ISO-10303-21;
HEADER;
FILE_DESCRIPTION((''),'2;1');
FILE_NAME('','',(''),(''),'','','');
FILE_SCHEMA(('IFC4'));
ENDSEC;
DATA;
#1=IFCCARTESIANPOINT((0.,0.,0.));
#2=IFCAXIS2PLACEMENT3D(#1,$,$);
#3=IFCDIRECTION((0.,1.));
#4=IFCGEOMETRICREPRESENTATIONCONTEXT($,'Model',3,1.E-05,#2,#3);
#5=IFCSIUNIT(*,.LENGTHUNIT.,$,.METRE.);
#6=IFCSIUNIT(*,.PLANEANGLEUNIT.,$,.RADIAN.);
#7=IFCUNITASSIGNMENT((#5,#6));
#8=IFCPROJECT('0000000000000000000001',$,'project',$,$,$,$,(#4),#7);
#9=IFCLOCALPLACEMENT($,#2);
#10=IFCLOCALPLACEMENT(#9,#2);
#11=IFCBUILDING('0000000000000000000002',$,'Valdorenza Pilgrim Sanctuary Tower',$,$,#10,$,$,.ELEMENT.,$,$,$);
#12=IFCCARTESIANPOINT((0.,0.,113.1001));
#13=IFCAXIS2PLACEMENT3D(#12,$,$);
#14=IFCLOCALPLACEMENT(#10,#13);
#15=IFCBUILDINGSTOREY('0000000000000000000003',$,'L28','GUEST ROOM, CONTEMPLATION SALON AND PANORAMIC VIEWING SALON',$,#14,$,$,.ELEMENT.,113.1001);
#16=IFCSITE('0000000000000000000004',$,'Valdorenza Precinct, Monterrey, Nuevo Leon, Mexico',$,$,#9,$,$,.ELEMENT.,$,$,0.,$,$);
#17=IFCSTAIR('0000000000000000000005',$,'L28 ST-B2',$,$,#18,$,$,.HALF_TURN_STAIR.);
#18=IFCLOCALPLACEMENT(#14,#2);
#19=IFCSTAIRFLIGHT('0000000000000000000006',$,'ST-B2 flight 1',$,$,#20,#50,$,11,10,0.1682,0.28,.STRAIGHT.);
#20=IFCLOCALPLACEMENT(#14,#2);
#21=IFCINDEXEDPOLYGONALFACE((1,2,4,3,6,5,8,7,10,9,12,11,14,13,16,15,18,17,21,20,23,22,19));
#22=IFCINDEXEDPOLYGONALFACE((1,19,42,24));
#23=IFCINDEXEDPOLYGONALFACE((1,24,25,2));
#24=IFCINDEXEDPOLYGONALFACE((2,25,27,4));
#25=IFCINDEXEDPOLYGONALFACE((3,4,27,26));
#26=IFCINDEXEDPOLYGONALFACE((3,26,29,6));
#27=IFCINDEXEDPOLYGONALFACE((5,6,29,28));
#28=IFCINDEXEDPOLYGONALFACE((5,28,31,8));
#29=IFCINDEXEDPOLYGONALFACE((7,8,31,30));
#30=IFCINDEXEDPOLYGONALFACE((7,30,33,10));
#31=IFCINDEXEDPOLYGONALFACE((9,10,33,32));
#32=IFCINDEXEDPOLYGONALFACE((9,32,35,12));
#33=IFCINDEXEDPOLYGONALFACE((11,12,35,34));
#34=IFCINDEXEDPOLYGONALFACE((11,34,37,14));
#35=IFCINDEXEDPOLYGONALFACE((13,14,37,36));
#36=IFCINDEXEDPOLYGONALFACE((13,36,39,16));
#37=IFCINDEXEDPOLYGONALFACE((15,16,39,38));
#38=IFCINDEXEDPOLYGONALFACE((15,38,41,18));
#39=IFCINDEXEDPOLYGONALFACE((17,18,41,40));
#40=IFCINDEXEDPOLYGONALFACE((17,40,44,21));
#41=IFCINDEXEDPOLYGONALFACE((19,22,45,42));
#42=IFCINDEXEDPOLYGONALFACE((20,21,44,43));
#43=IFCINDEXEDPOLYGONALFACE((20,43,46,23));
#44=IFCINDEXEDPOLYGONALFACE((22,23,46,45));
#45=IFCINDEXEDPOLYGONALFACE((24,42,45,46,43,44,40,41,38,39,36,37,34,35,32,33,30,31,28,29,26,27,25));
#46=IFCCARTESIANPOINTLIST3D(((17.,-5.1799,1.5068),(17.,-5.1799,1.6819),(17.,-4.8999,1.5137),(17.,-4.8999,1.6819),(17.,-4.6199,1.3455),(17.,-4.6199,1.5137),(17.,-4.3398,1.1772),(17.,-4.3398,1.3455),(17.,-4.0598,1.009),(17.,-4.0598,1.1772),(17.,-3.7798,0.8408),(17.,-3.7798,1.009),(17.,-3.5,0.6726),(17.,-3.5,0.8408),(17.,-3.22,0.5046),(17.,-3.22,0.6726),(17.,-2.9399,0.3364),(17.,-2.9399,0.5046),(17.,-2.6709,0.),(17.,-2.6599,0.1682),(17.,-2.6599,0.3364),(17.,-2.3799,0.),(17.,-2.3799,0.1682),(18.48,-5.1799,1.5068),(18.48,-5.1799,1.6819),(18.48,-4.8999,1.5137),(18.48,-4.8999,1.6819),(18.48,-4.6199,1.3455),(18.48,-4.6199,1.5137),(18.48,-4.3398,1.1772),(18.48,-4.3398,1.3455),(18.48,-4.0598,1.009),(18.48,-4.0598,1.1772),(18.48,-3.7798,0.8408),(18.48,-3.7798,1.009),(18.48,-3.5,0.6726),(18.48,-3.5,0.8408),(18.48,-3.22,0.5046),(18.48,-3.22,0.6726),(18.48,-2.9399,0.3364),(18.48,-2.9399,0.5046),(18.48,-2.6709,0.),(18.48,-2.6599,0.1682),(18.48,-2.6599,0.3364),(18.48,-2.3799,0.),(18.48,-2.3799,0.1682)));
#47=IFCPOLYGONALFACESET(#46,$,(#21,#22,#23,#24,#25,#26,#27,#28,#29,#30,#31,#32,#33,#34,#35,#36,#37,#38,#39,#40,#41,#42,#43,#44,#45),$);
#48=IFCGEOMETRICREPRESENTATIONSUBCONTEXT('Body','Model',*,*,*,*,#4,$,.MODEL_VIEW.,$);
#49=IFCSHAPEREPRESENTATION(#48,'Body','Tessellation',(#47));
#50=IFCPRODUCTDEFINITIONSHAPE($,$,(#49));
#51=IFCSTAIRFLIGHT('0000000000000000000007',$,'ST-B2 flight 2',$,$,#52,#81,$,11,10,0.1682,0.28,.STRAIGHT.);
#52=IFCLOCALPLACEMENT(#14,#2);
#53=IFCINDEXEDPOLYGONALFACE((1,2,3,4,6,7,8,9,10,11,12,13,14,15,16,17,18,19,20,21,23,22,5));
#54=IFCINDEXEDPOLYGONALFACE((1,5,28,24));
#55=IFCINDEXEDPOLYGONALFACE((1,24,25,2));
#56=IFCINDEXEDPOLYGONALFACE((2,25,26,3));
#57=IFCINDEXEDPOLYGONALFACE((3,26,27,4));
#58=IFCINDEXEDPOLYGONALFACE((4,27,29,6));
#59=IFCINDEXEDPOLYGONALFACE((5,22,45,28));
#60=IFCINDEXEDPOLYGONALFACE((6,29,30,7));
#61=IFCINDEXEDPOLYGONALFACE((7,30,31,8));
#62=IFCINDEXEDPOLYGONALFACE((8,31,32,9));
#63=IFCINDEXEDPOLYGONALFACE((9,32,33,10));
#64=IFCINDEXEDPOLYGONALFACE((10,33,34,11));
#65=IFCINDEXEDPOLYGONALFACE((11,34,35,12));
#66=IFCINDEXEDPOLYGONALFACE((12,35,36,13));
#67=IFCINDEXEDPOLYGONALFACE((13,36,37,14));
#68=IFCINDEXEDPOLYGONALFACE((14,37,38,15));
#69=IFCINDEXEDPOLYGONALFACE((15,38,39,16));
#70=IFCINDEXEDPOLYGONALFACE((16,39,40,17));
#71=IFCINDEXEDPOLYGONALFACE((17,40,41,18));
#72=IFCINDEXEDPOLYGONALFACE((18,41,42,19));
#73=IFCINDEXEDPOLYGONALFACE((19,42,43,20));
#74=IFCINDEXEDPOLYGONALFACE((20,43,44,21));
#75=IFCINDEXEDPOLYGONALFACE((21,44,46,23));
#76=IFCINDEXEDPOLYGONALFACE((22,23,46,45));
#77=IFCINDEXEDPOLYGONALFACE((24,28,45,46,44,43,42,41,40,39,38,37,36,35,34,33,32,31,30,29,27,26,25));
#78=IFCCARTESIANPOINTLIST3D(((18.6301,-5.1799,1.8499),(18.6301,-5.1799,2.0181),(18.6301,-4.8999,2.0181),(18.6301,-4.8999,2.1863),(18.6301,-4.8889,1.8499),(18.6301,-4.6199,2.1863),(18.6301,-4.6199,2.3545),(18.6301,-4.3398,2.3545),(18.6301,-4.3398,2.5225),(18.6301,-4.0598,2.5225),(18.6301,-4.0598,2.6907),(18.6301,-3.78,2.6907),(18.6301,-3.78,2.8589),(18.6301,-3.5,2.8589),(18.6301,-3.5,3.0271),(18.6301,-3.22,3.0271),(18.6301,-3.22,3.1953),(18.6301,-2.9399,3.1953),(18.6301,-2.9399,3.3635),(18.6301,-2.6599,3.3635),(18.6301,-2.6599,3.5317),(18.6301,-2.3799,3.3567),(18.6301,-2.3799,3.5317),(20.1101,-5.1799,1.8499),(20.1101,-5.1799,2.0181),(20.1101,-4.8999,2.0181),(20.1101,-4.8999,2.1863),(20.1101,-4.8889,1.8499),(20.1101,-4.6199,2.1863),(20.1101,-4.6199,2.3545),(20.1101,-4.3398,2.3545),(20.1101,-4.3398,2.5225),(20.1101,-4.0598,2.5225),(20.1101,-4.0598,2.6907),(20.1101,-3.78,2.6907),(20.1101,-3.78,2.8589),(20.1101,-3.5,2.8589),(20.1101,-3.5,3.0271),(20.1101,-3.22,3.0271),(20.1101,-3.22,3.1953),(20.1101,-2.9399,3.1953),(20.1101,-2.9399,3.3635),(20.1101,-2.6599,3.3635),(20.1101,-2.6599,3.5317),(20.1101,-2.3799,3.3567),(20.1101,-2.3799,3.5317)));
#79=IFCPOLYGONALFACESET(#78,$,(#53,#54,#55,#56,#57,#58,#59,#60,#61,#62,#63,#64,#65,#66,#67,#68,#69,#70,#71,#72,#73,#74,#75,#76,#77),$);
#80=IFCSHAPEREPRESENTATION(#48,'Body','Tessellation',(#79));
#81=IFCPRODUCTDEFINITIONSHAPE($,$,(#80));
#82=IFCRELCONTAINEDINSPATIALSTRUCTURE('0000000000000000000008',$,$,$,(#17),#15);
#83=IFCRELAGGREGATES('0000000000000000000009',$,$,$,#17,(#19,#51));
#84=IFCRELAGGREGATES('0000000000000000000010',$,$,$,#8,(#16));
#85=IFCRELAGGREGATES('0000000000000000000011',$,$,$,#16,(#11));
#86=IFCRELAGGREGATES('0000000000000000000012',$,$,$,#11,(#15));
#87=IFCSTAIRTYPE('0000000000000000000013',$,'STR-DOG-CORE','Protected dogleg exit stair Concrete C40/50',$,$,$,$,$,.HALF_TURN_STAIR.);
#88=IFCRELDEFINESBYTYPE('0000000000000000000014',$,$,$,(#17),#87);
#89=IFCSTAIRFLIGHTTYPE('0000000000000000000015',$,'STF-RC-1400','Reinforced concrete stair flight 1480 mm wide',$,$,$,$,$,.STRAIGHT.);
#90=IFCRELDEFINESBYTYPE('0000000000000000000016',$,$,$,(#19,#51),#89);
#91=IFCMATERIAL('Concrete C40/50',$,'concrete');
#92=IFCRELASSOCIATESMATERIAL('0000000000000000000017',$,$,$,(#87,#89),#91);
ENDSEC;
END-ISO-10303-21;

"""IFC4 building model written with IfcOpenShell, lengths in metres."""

from ifc_helpers import new_model, si_unit, direction, frame, origin, place, context, subcontext, project, spatial, polyline, outline, extrude, material, type_object, element, aggregate, save


model = new_model("IFC4")

# Units and contexts
model_context = context("Model", 3, precision=1e-05, world=origin(), true_north=direction((0.0, 1.0)))
body_context = subcontext(model_context, "Body", "Model", "MODEL_VIEW")
ifc_project = project(units=[si_unit("LENGTHUNIT", "METRE"), si_unit("PLANEANGLEUNIT", "RADIAN")], contexts=[model_context])

# Site, building, storey
site_placement = place(None, origin())
site = spatial("IfcSite", under=ifc_project, at=site_placement, Name="Valdorenza Precinct, Monterrey, Nuevo Leon, Mexico", CompositionType="ELEMENT", RefElevation=0.0)
building_placement = place(site_placement, origin())
building = spatial("IfcBuilding", under=site, at=building_placement, Name="Valdorenza Pilgrim Sanctuary Tower", CompositionType="ELEMENT")
storey_placement = place(building_placement, frame((0.0, 0.0, 113.1001)))
storey = spatial("IfcBuildingStorey", under=building, at=storey_placement, Name="L28", Description="GUEST ROOM, CONTEMPLATION SALON AND PANORAMIC VIEWING SALON", CompositionType="ELEMENT", Elevation=113.1001)

# Shared definitions
ifc_material_1 = material(Name="Concrete C40/50", Category="concrete")

# Stair, stair flights
stair_type = type_object("IfcStairType", Name="STR-DOG-CORE", Description="Protected dogleg exit stair Concrete C40/50", PredefinedType="HALF_TURN_STAIR", material=ifc_material_1)
stair_placement = place(storey_placement, origin())
stair = element("IfcStair", 1, at=stair_placement, inside=storey, type_object=stair_type, Name="L28 ST-B2", PredefinedType="HALF_TURN_STAIR")
stair_flight_type = type_object("IfcStairFlightType", Name="STF-RC-1400", Description="Reinforced concrete stair flight 1480 mm wide", PredefinedType="STRAIGHT", material=ifc_material_1)
stair_flight_1_placement = place(storey_placement, frame((17.74, -2.3799, 0.0), z_axis=(0.0, 0.0, 1.0), x_axis=(0.0, -1.0, 0.0)))
stair_flight_1 = element("IfcStairFlight", 2, at=stair_flight_1_placement, type_object=stair_flight_type, Name="ST-B2 flight 1", NumberOfRisers=11, NumberOfTreads=10, PredefinedType="STRAIGHT", RiserHeight=0.1682, TreadLength=0.28, context=body_context, shape_type="SweptSolid", body=[
    extrude(outline(polyline([(0.0, 0.0), (0.0, 0.1682), (0.28, 0.1682), (0.28, 0.3364), (0.5601, 0.3364), (0.5601, 0.5046), (0.8401, 0.5046), (0.8401, 0.6726), (1.1201, 0.6726), (1.1201, 0.8408), (1.3999, 0.8408), (1.3999, 1.009), (1.6799, 1.009), (1.6799, 1.1772), (1.96, 1.1772), (1.96, 1.3455), (2.24, 1.3455), (2.24, 1.5137), (2.52, 1.5137), (2.52, 1.6819), (2.8, 1.6819), (2.8, 1.8501), (2.8, 1.5068), (0.291, 0.0), (0.0, 0.0)])), frame((0.0, 0.74, 0.0), z_axis=(0.0, -1.0, 0.0), x_axis=(1.0, 0.0, 0.0)), (0.0, 0.0, 1.0), 1.48),
])
stair_flight_2_placement = place(storey_placement, frame((19.3701, -5.1799, 1.8499), z_axis=(0.0, 0.0, 1.0), x_axis=(0.0, 1.0, 0.0)))
stair_flight_2 = element("IfcStairFlight", 3, at=stair_flight_2_placement, type_object=stair_flight_type, Name="ST-B2 flight 2", NumberOfRisers=11, NumberOfTreads=10, PredefinedType="STRAIGHT", RiserHeight=0.1682, TreadLength=0.28, context=body_context, shape_type="SweptSolid", body=[
    extrude(outline(polyline([(0.0, 0.0), (0.0, 0.1682), (0.28, 0.1682), (0.28, 0.3364), (0.5601, 0.3364), (0.5601, 0.5046), (0.8401, 0.5046), (0.8401, 0.6726), (1.1201, 0.6726), (1.1201, 0.8408), (1.3999, 0.8408), (1.3999, 1.009), (1.6799, 1.009), (1.6799, 1.1772), (1.96, 1.1772), (1.96, 1.3455), (2.24, 1.3455), (2.24, 1.5137), (2.52, 1.5137), (2.52, 1.6819), (2.8, 1.6819), (2.8, 1.8501), (2.8, 1.5068), (0.291, 0.0), (0.0, 0.0)])), frame((0.0, 0.74, 0.0), z_axis=(0.0, -1.0, 0.0), x_axis=(1.0, 0.0, 0.0)), (0.0, 0.0, 1.0), 1.48),
])
aggregate(stair, [stair_flight_1, stair_flight_2])

save(model, "model.ifc")
